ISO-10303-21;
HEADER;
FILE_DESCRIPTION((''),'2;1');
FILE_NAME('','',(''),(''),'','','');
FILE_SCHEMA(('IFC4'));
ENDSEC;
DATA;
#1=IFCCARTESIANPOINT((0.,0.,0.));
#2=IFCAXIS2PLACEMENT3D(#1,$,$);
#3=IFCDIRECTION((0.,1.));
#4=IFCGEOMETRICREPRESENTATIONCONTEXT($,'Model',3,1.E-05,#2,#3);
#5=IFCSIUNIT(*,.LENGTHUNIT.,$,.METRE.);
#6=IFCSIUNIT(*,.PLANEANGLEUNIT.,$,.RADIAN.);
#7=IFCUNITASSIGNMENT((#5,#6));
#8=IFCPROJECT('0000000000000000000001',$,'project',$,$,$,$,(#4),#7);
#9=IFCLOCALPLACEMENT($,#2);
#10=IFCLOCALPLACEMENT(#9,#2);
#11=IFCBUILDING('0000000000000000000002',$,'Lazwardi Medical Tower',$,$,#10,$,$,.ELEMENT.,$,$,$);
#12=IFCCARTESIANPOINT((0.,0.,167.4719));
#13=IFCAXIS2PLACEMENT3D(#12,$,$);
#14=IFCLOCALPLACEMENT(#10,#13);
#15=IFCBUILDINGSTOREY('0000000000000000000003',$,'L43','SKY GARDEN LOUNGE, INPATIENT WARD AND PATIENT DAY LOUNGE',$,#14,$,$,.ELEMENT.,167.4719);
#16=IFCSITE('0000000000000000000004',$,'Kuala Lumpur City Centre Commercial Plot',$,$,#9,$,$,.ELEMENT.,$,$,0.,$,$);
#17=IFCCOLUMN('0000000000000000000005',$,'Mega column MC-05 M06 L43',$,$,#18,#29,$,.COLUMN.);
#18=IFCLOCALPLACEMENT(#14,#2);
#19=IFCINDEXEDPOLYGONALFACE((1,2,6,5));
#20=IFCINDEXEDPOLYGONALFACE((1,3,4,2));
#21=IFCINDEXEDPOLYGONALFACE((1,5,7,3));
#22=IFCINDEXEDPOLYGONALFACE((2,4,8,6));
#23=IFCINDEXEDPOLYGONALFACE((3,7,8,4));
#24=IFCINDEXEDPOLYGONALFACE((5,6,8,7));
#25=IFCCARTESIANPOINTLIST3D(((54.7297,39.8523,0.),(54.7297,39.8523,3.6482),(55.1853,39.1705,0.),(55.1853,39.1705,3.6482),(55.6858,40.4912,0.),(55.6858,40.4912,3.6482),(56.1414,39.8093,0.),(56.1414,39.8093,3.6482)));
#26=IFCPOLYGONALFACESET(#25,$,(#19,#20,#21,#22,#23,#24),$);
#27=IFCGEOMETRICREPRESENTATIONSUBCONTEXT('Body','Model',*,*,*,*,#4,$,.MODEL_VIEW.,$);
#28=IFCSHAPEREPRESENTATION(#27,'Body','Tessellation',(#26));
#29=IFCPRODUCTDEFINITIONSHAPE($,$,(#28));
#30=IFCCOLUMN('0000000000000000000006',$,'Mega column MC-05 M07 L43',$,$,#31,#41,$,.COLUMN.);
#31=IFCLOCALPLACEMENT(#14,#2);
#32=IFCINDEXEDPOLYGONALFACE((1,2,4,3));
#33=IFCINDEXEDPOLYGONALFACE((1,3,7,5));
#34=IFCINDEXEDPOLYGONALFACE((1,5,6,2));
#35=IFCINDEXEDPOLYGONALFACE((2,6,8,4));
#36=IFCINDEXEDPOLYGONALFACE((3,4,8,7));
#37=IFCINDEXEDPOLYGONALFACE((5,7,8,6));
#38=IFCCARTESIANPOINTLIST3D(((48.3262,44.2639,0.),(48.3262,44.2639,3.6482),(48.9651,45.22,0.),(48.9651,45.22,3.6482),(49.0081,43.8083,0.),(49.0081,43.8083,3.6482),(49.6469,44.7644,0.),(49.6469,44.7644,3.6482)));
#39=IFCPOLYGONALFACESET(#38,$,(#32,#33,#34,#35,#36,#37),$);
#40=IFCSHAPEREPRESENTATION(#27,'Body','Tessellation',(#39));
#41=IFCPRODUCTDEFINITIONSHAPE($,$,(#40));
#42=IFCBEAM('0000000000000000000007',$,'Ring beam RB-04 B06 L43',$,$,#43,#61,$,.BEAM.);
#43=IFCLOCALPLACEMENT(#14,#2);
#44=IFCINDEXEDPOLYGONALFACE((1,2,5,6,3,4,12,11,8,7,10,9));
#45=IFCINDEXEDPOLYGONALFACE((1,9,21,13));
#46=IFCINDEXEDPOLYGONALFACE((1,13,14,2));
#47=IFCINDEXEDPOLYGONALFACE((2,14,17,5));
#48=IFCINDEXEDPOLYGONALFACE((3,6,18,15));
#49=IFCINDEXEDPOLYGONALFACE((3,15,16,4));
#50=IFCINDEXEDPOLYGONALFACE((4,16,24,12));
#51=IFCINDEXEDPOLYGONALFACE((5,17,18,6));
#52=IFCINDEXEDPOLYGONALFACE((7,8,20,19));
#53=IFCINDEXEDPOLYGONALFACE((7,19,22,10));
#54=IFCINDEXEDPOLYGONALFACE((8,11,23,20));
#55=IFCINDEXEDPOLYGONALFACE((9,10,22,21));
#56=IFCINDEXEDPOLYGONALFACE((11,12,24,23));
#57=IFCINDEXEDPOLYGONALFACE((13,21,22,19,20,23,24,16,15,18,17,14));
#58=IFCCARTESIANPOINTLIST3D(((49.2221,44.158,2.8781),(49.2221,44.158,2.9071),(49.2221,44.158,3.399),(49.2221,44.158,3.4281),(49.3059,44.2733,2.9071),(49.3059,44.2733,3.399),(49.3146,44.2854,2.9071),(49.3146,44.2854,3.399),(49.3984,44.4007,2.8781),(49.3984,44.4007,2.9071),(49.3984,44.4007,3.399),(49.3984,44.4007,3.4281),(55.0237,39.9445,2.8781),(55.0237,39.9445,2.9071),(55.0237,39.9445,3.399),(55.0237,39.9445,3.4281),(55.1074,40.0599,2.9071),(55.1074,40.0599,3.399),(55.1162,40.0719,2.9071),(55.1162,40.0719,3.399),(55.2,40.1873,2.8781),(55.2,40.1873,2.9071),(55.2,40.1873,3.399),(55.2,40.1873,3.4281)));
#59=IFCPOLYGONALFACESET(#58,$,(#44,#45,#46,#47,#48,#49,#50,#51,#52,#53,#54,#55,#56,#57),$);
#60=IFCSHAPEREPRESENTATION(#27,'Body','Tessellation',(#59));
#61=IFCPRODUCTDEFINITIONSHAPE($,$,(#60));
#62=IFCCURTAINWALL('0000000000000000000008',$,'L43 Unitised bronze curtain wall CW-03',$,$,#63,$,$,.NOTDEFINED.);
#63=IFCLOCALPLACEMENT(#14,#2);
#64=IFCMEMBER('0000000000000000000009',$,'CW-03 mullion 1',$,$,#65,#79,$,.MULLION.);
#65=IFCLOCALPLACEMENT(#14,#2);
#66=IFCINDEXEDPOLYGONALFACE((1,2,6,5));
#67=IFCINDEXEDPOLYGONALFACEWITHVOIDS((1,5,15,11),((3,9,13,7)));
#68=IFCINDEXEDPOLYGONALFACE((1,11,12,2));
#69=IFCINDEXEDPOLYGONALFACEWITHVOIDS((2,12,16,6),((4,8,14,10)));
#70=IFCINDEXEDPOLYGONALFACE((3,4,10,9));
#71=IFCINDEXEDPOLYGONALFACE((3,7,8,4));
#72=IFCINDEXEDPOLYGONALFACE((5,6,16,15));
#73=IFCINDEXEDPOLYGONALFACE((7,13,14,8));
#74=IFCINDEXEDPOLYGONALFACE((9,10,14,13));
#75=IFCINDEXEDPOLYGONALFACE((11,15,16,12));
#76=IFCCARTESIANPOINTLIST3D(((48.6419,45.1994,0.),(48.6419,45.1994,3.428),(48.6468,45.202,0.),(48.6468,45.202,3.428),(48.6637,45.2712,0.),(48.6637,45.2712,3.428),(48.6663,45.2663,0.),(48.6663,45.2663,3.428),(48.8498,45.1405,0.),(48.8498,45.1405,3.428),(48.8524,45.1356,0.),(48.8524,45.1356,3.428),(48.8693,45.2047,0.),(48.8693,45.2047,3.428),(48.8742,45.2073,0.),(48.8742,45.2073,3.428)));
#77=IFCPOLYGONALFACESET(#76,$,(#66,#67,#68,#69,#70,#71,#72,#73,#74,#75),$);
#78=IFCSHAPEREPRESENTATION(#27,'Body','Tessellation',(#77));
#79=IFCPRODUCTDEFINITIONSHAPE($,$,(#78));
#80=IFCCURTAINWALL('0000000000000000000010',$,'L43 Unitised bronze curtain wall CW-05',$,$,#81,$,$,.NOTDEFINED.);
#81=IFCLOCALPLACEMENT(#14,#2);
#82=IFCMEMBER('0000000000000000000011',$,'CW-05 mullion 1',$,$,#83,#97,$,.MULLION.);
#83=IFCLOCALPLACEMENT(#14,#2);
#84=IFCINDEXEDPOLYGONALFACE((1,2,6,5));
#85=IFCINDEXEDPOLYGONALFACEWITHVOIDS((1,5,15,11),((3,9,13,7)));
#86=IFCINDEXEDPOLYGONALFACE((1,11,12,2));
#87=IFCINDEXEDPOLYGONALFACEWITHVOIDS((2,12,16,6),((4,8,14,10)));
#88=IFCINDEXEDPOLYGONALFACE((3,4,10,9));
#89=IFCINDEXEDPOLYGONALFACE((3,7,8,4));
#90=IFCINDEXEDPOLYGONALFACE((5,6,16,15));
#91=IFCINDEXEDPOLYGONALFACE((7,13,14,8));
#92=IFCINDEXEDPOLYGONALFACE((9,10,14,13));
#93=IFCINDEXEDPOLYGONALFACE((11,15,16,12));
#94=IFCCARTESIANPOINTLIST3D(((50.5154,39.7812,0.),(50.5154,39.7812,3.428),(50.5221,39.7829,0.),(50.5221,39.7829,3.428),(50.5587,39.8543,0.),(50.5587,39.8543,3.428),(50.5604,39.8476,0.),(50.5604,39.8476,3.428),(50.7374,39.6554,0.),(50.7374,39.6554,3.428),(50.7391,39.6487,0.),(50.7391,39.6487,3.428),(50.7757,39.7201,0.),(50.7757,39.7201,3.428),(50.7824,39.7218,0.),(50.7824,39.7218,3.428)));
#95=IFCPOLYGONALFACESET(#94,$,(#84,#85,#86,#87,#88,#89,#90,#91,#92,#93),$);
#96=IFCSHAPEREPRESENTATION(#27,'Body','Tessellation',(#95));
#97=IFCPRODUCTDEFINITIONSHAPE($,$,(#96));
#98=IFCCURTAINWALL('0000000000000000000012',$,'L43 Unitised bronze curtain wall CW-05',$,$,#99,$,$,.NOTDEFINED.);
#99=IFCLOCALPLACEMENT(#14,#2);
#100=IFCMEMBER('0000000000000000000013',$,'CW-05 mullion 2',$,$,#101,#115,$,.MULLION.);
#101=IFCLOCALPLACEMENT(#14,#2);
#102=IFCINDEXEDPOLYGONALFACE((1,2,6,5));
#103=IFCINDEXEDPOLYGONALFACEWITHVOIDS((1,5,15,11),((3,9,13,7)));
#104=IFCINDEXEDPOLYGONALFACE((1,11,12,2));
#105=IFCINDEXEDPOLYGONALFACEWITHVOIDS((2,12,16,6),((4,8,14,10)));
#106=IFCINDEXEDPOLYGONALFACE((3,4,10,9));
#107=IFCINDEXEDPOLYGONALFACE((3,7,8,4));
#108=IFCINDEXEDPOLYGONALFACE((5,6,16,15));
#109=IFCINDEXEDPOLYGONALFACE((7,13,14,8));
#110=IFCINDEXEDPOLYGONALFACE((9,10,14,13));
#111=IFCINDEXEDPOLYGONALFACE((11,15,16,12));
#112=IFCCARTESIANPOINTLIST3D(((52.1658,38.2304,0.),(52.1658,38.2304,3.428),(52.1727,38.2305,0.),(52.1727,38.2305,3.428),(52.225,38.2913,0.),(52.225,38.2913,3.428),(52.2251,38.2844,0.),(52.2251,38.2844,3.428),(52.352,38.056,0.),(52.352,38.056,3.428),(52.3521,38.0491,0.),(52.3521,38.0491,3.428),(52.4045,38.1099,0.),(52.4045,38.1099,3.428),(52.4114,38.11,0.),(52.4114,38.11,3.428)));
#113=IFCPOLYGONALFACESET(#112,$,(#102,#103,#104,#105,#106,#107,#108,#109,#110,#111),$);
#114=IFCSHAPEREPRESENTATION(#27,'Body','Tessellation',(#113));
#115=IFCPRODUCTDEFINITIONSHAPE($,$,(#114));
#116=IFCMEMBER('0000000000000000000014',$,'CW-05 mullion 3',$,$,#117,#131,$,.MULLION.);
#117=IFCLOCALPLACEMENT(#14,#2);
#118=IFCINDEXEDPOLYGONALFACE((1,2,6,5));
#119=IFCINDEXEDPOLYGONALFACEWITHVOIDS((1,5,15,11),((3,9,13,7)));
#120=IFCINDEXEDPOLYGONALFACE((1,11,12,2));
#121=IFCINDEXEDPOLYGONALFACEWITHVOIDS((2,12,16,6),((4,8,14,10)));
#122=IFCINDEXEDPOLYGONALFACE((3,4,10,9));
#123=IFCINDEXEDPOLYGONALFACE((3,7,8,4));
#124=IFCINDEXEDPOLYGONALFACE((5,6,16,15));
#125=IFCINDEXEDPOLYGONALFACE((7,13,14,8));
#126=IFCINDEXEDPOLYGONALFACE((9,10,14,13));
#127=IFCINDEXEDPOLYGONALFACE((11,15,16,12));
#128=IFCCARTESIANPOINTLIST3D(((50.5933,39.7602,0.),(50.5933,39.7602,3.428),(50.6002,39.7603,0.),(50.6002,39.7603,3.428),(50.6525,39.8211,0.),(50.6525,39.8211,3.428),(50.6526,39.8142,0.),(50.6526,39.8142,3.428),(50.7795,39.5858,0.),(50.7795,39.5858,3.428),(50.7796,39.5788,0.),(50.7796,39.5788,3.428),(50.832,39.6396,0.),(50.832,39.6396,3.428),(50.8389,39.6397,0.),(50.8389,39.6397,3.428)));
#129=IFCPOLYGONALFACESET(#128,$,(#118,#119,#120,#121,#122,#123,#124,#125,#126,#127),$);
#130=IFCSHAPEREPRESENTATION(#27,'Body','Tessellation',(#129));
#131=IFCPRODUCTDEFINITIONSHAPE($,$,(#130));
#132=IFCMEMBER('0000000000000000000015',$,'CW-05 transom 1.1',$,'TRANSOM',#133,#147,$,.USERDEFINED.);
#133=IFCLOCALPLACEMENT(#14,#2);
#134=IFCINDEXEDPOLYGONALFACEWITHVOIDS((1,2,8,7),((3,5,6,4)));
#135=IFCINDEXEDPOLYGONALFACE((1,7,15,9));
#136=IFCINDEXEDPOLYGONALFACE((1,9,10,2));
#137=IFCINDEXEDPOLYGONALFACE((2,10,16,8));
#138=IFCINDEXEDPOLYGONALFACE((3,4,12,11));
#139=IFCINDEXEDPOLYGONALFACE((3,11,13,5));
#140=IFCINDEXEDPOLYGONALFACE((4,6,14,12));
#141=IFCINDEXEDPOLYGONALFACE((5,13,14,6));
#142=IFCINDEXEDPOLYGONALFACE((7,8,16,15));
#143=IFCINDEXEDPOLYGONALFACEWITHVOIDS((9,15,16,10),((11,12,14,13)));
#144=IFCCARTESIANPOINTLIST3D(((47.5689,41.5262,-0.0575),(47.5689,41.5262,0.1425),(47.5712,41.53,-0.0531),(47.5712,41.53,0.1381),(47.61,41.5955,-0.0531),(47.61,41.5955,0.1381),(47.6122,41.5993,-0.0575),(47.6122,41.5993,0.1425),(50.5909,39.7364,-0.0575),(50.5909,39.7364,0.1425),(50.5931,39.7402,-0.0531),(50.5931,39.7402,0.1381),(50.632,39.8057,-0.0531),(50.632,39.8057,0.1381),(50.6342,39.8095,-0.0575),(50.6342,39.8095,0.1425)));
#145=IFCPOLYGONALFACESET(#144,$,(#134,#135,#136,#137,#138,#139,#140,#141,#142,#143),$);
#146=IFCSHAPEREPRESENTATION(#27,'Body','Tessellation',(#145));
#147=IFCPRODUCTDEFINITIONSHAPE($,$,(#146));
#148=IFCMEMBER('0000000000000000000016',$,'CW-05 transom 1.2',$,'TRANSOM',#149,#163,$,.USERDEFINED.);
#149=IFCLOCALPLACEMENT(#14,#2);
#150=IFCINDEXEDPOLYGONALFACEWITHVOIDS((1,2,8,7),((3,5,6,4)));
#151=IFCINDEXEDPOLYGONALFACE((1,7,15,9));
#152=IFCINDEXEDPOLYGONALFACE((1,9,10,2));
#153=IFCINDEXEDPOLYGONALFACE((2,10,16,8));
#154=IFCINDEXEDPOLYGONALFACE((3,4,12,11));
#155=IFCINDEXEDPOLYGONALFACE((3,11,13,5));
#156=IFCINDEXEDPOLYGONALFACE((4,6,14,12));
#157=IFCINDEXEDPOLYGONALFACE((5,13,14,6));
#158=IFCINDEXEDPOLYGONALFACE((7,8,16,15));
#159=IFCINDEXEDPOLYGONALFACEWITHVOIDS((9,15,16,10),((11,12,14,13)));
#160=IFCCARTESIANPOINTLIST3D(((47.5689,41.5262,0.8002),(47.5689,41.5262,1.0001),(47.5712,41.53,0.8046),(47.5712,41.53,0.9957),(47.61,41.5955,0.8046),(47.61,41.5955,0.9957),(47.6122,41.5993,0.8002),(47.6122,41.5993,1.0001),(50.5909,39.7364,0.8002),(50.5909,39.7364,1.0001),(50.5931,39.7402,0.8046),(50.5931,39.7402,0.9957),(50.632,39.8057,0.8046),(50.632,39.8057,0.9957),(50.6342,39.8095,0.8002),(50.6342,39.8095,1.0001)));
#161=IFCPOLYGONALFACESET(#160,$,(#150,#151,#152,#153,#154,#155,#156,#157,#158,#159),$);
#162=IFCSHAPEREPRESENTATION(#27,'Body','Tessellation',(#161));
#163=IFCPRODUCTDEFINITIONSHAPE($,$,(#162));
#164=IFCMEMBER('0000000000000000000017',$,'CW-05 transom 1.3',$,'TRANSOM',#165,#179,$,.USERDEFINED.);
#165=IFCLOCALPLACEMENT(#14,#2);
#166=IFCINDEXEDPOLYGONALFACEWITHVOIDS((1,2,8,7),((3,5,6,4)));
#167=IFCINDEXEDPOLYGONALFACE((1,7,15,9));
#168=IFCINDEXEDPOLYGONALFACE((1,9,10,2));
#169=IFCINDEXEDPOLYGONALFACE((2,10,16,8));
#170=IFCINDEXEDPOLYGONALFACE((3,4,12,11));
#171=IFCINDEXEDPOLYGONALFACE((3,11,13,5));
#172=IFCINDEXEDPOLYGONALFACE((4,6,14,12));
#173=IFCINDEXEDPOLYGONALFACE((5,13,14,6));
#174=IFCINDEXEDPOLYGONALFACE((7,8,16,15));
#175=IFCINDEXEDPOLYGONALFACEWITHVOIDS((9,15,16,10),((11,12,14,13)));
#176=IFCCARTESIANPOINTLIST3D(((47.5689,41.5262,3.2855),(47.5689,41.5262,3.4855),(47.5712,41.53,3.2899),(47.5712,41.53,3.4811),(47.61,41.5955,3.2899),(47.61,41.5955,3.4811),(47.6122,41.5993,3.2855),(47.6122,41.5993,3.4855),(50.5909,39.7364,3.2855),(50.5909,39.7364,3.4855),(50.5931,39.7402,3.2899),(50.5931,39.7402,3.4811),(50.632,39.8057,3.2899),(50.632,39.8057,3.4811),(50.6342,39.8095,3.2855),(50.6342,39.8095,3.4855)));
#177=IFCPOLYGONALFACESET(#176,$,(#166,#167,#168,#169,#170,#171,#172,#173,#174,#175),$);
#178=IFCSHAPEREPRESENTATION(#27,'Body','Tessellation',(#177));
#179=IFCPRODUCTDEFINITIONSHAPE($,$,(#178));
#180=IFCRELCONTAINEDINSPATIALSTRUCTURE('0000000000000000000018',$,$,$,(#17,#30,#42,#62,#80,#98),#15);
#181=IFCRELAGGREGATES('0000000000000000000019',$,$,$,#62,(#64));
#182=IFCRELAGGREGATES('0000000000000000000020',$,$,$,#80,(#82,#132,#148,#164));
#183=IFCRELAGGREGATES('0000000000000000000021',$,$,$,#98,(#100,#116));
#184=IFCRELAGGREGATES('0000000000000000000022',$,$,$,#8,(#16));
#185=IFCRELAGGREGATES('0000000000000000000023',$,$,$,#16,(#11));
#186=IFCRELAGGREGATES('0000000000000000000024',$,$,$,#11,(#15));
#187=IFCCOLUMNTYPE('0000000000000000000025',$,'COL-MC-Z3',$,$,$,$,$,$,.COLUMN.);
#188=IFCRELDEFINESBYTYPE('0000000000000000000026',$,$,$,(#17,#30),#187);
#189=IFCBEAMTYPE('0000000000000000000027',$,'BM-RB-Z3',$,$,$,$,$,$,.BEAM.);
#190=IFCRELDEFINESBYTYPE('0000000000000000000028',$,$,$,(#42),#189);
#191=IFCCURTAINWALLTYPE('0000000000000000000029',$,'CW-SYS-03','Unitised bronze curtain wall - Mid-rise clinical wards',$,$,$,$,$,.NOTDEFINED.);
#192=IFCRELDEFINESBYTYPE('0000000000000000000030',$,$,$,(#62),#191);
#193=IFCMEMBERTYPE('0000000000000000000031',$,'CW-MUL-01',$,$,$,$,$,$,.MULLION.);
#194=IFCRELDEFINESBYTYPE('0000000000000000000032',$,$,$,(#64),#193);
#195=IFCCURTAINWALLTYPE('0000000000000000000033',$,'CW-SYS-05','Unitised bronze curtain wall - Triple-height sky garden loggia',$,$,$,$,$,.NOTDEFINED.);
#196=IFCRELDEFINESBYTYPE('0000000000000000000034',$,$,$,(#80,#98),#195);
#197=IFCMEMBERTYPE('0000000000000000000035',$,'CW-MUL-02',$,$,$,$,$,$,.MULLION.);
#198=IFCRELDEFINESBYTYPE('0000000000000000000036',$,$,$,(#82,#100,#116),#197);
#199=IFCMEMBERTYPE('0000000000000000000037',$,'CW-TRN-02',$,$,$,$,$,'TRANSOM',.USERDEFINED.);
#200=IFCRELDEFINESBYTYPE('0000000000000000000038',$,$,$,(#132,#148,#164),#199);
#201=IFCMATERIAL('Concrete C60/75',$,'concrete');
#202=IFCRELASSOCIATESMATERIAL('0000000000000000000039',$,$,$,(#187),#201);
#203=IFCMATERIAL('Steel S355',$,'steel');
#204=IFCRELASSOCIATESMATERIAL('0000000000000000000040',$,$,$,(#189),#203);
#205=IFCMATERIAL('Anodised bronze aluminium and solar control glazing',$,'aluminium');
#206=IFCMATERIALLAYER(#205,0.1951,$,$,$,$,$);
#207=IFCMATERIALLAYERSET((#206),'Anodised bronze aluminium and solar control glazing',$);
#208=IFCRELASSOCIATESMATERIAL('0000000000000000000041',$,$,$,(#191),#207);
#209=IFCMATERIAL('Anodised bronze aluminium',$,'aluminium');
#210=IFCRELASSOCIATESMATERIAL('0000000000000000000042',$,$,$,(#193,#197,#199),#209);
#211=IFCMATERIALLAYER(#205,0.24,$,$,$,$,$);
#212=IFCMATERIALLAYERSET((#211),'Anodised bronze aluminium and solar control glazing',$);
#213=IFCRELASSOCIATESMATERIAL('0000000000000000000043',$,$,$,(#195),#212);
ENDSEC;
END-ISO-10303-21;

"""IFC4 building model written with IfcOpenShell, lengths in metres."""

from ifc_helpers import new_model, si_unit, direction, frame, origin, origin_2d, place, context, subcontext, project, spatial, rectangle, hollow_rectangle, i_section, extrude, material, layer, layer_set, material_profile, profile_set, type_object, element, aggregate, save


model = new_model("IFC4")

# Units and contexts
model_context = context("Model", 3, precision=1e-05, world=origin(), true_north=direction((0.0, 1.0)))
body_context = subcontext(model_context, "Body", "Model", "MODEL_VIEW")
ifc_project = project(units=[si_unit("LENGTHUNIT", "METRE"), si_unit("PLANEANGLEUNIT", "RADIAN")], contexts=[model_context])

# Site, building, storey
site_placement = place(None, origin())
site = spatial("IfcSite", under=ifc_project, at=site_placement, Name="Kuala Lumpur City Centre Commercial Plot", CompositionType="ELEMENT", RefElevation=0.0)
building_placement = place(site_placement, origin())
building = spatial("IfcBuilding", under=site, at=building_placement, Name="Lazwardi Medical Tower", CompositionType="ELEMENT")
storey_placement = place(building_placement, frame((0.0, 0.0, 167.4719)))
storey = spatial("IfcBuildingStorey", under=building, at=storey_placement, Name="L43", Description="SKY GARDEN LOUNGE, INPATIENT WARD AND PATIENT DAY LOUNGE", CompositionType="ELEMENT", Elevation=167.4719)

# Columns
ifc_material_1 = material(Name="Concrete C60/75", Category="concrete")
ifc_material_profile_1 = material_profile(ifc_material_1, rectangle(XDim=1.1499, YDim=0.8201, at=origin_2d()), Name="CFT-RECT 1150x820")
ifc_profile_set_1 = profile_set([ifc_material_profile_1], Name="Concrete C60/75")
column_type = type_object("IfcColumnType", Name="COL-MC-Z3", PredefinedType="COLUMN", material=ifc_profile_set_1)
for number, where, z_axis, x_axis, name in (
    (1, (55.4355, 39.8308, 0.0), (0.0, 0.0, 1.0), (0.83147, 0.55557, 0.0), "Mega column MC-05 M06 L43"),
    (2, (48.9866, 44.5142, 0.0), (0.0, 0.0, 1.0), (0.55557, 0.83147, 0.0), "Mega column MC-05 M07 L43"),
):
    element("IfcColumn", number, at=place(storey_placement, frame(where, z_axis=z_axis, x_axis=x_axis)), inside=storey, type_object=column_type, Name=name, PredefinedType="COLUMN", context=body_context, shape_type="SweptSolid", body=[
        extrude(rectangle(XDim=1.1499, YDim=0.8201, at=origin_2d()), origin(), (0.0, 0.0, 1.0), 3.6482),
    ])

# Beam
ifc_material_2 = material(Name="Steel S355", Category="steel")
ifc_material_profile_2 = material_profile(ifc_material_2, i_section(OverallWidth=0.3, OverallDepth=0.55, WebThickness=0.0149, FlangeThickness=0.0291, at=origin_2d()), Name="HEB 550")
ifc_profile_set_2 = profile_set([ifc_material_profile_2], Name="Steel S355")
beam_type = type_object("IfcBeamType", Name="BM-RB-Z3", PredefinedType="BEAM", material=ifc_profile_set_2)
beam_placement = place(storey_placement, frame((55.1118, 40.0659, 3.1531), z_axis=(-0.809128, 0.587633, 0.0), x_axis=(-0.587633, -0.809128, 0.0)))
element("IfcBeam", 3, at=beam_placement, inside=storey, type_object=beam_type, Name="Ring beam RB-04 B06 L43", PredefinedType="BEAM", context=body_context, shape_type="SweptSolid", body=[
    extrude(i_section(OverallWidth=0.3, OverallDepth=0.55, WebThickness=0.0149, FlangeThickness=0.0291, at=origin_2d()), origin(), (0.0, 0.0, 1.0), 7.1702),
])

# Curtain walls, members
ifc_material_3 = material(Name="Anodised bronze aluminium and solar control glazing", Category="aluminium")
ifc_layer_1 = layer(ifc_material_3, 0.1951)
ifc_layer_set_1 = layer_set([ifc_layer_1], Name="Anodised bronze aluminium and solar control glazing")
curtain_wall_type_1 = type_object("IfcCurtainWallType", Name="CW-SYS-03", Description="Unitised bronze curtain wall - Mid-rise clinical wards", PredefinedType="NOTDEFINED", material=ifc_layer_set_1)
curtain_wall_1_placement = place(storey_placement, origin())
curtain_wall_1 = element("IfcCurtainWall", 4, at=curtain_wall_1_placement, inside=storey, type_object=curtain_wall_type_1, Name="L43 Unitised bronze curtain wall CW-03", PredefinedType="NOTDEFINED")
ifc_material_4 = material(Name="Anodised bronze aluminium", Category="aluminium")
ifc_material_profile_3 = material_profile(ifc_material_4, hollow_rectangle(XDim=0.075, YDim=0.22, WallThickness=0.0039, at=origin_2d()), Name="ALU-MULLION 220x75x4")
ifc_profile_set_3 = profile_set([ifc_material_profile_3], Name="Anodised bronze aluminium")
member_type_1 = type_object("IfcMemberType", Name="CW-MUL-01", PredefinedType="MULLION", material=ifc_profile_set_3)
member_1_placement = place(storey_placement, frame((48.7581, 45.2034, 0.0), z_axis=(0.0, 0.0, 1.0), x_axis=(-0.290281, -0.956942, 0.0)))
member_1 = element("IfcMember", 5, at=member_1_placement, type_object=member_type_1, Name="CW-03 mullion 1", PredefinedType="MULLION", context=body_context, shape_type="SweptSolid", body=[
    extrude(hollow_rectangle(XDim=0.075, YDim=0.22, WallThickness=0.0039, at=origin_2d()), origin(), (0.0, 0.0, 1.0), 3.428),
])
aggregate(curtain_wall_1, [member_1])
ifc_layer_2 = layer(ifc_material_3, 0.24)
ifc_layer_set_2 = layer_set([ifc_layer_2], Name="Anodised bronze aluminium and solar control glazing")
curtain_wall_type_2 = type_object("IfcCurtainWallType", Name="CW-SYS-05", Description="Unitised bronze curtain wall - Triple-height sky garden loggia", PredefinedType="NOTDEFINED", material=ifc_layer_set_2)
curtain_wall_2_placement = place(storey_placement, origin())
curtain_wall_2 = element("IfcCurtainWall", 6, at=curtain_wall_2_placement, inside=storey, type_object=curtain_wall_type_2, Name="L43 Unitised bronze curtain wall CW-05", PredefinedType="NOTDEFINED")
ifc_material_profile_4 = material_profile(ifc_material_4, hollow_rectangle(XDim=0.085, YDim=0.26, WallThickness=0.0049, at=origin_2d()), Name="ALU-MULLION 260x85x5")
ifc_profile_set_4 = profile_set([ifc_material_profile_4], Name="Anodised bronze aluminium")
member_type_2 = type_object("IfcMemberType", Name="CW-MUL-02", PredefinedType="MULLION", material=ifc_profile_set_4)
member_2_placement = place(storey_placement, frame((50.6489, 39.7515, 0.0), z_axis=(0.0, 0.0, 1.0), x_axis=(-0.509571, -0.860429, 0.0)))
member_2 = element("IfcMember", 7, at=member_2_placement, type_object=member_type_2, Name="CW-05 mullion 1", PredefinedType="MULLION", context=body_context, shape_type="SweptSolid", body=[
    extrude(hollow_rectangle(XDim=0.085, YDim=0.26, WallThickness=0.0049, at=origin_2d()), origin(), (0.0, 0.0, 1.0), 3.428),
])

# Curtain wall, members
curtain_wall_3_placement = place(storey_placement, origin())
curtain_wall_3 = element("IfcCurtainWall", 8, at=curtain_wall_3_placement, inside=storey, type_object=curtain_wall_type_2, Name="L43 Unitised bronze curtain wall CW-05", PredefinedType="NOTDEFINED")
member_3_placement = place(storey_placement, frame((52.2886, 38.1702, 0.0), z_axis=(0.0, 0.0, 1.0), x_axis=(-0.697348, -0.716732, 0.0)))
member_3 = element("IfcMember", 9, at=member_3_placement, type_object=member_type_2, Name="CW-05 mullion 2", PredefinedType="MULLION", context=body_context, shape_type="SweptSolid", body=[
    extrude(hollow_rectangle(XDim=0.085, YDim=0.26, WallThickness=0.0049, at=origin_2d()), origin(), (0.0, 0.0, 1.0), 3.428),
])
member_4_placement = place(storey_placement, frame((50.7161, 39.7, 0.0), z_axis=(0.0, 0.0, 1.0), x_axis=(-0.697348, -0.716732, 0.0)))
member_4 = element("IfcMember", 10, at=member_4_placement, type_object=member_type_2, Name="CW-05 mullion 3", PredefinedType="MULLION", context=body_context, shape_type="SweptSolid", body=[
    extrude(hollow_rectangle(XDim=0.085, YDim=0.26, WallThickness=0.0049, at=origin_2d()), origin(), (0.0, 0.0, 1.0), 3.428),
])

# Members
ifc_material_profile_5 = material_profile(ifc_material_4, hollow_rectangle(XDim=0.085, YDim=0.2, WallThickness=0.0044, at=origin_2d()), Name="ALU-TRANSOM 200x85x4.5")
ifc_profile_set_5 = profile_set([ifc_material_profile_5], Name="Anodised bronze aluminium")
member_type_3 = type_object("IfcMemberType", Name="CW-TRN-02", ElementType="TRANSOM", PredefinedType="USERDEFINED", material=ifc_profile_set_5)
member_5_placement = place(storey_placement, frame((50.6125, 39.7729, 0.0425), z_axis=(-0.860417, 0.509591, 0.0), x_axis=(-0.509591, -0.860417, 0.0)))
member_5 = element("IfcMember", 11, at=member_5_placement, type_object=member_type_3, Name="CW-05 transom 1.1", ObjectType="TRANSOM", PredefinedType="USERDEFINED", context=body_context, shape_type="SweptSolid", body=[
    extrude(hollow_rectangle(XDim=0.085, YDim=0.2, WallThickness=0.0044, at=origin_2d()), origin(), (0.0, 0.0, 1.0), 3.5122),
])
member_6_placement = place(storey_placement, frame((50.6125, 39.7729, 0.9001), z_axis=(-0.860417, 0.509591, 0.0), x_axis=(-0.509591, -0.860417, 0.0)))
member_6 = element("IfcMember", 12, at=member_6_placement, type_object=member_type_3, Name="CW-05 transom 1.2", ObjectType="TRANSOM", PredefinedType="USERDEFINED", context=body_context, shape_type="SweptSolid", body=[
    extrude(hollow_rectangle(XDim=0.085, YDim=0.2, WallThickness=0.0044, at=origin_2d()), origin(), (0.0, 0.0, 1.0), 3.5122),
])
member_7_placement = place(storey_placement, frame((50.6125, 39.7729, 3.3855), z_axis=(-0.860417, 0.509591, 0.0), x_axis=(-0.509591, -0.860417, 0.0)))
member_7 = element("IfcMember", 13, at=member_7_placement, type_object=member_type_3, Name="CW-05 transom 1.3", ObjectType="TRANSOM", PredefinedType="USERDEFINED", context=body_context, shape_type="SweptSolid", body=[
    extrude(hollow_rectangle(XDim=0.085, YDim=0.2, WallThickness=0.0044, at=origin_2d()), origin(), (0.0, 0.0, 1.0), 3.5122),
])

aggregate(curtain_wall_2, [member_2, member_5, member_6, member_7])
aggregate(curtain_wall_3, [member_3, member_4])

save(model, "model.ifc")
